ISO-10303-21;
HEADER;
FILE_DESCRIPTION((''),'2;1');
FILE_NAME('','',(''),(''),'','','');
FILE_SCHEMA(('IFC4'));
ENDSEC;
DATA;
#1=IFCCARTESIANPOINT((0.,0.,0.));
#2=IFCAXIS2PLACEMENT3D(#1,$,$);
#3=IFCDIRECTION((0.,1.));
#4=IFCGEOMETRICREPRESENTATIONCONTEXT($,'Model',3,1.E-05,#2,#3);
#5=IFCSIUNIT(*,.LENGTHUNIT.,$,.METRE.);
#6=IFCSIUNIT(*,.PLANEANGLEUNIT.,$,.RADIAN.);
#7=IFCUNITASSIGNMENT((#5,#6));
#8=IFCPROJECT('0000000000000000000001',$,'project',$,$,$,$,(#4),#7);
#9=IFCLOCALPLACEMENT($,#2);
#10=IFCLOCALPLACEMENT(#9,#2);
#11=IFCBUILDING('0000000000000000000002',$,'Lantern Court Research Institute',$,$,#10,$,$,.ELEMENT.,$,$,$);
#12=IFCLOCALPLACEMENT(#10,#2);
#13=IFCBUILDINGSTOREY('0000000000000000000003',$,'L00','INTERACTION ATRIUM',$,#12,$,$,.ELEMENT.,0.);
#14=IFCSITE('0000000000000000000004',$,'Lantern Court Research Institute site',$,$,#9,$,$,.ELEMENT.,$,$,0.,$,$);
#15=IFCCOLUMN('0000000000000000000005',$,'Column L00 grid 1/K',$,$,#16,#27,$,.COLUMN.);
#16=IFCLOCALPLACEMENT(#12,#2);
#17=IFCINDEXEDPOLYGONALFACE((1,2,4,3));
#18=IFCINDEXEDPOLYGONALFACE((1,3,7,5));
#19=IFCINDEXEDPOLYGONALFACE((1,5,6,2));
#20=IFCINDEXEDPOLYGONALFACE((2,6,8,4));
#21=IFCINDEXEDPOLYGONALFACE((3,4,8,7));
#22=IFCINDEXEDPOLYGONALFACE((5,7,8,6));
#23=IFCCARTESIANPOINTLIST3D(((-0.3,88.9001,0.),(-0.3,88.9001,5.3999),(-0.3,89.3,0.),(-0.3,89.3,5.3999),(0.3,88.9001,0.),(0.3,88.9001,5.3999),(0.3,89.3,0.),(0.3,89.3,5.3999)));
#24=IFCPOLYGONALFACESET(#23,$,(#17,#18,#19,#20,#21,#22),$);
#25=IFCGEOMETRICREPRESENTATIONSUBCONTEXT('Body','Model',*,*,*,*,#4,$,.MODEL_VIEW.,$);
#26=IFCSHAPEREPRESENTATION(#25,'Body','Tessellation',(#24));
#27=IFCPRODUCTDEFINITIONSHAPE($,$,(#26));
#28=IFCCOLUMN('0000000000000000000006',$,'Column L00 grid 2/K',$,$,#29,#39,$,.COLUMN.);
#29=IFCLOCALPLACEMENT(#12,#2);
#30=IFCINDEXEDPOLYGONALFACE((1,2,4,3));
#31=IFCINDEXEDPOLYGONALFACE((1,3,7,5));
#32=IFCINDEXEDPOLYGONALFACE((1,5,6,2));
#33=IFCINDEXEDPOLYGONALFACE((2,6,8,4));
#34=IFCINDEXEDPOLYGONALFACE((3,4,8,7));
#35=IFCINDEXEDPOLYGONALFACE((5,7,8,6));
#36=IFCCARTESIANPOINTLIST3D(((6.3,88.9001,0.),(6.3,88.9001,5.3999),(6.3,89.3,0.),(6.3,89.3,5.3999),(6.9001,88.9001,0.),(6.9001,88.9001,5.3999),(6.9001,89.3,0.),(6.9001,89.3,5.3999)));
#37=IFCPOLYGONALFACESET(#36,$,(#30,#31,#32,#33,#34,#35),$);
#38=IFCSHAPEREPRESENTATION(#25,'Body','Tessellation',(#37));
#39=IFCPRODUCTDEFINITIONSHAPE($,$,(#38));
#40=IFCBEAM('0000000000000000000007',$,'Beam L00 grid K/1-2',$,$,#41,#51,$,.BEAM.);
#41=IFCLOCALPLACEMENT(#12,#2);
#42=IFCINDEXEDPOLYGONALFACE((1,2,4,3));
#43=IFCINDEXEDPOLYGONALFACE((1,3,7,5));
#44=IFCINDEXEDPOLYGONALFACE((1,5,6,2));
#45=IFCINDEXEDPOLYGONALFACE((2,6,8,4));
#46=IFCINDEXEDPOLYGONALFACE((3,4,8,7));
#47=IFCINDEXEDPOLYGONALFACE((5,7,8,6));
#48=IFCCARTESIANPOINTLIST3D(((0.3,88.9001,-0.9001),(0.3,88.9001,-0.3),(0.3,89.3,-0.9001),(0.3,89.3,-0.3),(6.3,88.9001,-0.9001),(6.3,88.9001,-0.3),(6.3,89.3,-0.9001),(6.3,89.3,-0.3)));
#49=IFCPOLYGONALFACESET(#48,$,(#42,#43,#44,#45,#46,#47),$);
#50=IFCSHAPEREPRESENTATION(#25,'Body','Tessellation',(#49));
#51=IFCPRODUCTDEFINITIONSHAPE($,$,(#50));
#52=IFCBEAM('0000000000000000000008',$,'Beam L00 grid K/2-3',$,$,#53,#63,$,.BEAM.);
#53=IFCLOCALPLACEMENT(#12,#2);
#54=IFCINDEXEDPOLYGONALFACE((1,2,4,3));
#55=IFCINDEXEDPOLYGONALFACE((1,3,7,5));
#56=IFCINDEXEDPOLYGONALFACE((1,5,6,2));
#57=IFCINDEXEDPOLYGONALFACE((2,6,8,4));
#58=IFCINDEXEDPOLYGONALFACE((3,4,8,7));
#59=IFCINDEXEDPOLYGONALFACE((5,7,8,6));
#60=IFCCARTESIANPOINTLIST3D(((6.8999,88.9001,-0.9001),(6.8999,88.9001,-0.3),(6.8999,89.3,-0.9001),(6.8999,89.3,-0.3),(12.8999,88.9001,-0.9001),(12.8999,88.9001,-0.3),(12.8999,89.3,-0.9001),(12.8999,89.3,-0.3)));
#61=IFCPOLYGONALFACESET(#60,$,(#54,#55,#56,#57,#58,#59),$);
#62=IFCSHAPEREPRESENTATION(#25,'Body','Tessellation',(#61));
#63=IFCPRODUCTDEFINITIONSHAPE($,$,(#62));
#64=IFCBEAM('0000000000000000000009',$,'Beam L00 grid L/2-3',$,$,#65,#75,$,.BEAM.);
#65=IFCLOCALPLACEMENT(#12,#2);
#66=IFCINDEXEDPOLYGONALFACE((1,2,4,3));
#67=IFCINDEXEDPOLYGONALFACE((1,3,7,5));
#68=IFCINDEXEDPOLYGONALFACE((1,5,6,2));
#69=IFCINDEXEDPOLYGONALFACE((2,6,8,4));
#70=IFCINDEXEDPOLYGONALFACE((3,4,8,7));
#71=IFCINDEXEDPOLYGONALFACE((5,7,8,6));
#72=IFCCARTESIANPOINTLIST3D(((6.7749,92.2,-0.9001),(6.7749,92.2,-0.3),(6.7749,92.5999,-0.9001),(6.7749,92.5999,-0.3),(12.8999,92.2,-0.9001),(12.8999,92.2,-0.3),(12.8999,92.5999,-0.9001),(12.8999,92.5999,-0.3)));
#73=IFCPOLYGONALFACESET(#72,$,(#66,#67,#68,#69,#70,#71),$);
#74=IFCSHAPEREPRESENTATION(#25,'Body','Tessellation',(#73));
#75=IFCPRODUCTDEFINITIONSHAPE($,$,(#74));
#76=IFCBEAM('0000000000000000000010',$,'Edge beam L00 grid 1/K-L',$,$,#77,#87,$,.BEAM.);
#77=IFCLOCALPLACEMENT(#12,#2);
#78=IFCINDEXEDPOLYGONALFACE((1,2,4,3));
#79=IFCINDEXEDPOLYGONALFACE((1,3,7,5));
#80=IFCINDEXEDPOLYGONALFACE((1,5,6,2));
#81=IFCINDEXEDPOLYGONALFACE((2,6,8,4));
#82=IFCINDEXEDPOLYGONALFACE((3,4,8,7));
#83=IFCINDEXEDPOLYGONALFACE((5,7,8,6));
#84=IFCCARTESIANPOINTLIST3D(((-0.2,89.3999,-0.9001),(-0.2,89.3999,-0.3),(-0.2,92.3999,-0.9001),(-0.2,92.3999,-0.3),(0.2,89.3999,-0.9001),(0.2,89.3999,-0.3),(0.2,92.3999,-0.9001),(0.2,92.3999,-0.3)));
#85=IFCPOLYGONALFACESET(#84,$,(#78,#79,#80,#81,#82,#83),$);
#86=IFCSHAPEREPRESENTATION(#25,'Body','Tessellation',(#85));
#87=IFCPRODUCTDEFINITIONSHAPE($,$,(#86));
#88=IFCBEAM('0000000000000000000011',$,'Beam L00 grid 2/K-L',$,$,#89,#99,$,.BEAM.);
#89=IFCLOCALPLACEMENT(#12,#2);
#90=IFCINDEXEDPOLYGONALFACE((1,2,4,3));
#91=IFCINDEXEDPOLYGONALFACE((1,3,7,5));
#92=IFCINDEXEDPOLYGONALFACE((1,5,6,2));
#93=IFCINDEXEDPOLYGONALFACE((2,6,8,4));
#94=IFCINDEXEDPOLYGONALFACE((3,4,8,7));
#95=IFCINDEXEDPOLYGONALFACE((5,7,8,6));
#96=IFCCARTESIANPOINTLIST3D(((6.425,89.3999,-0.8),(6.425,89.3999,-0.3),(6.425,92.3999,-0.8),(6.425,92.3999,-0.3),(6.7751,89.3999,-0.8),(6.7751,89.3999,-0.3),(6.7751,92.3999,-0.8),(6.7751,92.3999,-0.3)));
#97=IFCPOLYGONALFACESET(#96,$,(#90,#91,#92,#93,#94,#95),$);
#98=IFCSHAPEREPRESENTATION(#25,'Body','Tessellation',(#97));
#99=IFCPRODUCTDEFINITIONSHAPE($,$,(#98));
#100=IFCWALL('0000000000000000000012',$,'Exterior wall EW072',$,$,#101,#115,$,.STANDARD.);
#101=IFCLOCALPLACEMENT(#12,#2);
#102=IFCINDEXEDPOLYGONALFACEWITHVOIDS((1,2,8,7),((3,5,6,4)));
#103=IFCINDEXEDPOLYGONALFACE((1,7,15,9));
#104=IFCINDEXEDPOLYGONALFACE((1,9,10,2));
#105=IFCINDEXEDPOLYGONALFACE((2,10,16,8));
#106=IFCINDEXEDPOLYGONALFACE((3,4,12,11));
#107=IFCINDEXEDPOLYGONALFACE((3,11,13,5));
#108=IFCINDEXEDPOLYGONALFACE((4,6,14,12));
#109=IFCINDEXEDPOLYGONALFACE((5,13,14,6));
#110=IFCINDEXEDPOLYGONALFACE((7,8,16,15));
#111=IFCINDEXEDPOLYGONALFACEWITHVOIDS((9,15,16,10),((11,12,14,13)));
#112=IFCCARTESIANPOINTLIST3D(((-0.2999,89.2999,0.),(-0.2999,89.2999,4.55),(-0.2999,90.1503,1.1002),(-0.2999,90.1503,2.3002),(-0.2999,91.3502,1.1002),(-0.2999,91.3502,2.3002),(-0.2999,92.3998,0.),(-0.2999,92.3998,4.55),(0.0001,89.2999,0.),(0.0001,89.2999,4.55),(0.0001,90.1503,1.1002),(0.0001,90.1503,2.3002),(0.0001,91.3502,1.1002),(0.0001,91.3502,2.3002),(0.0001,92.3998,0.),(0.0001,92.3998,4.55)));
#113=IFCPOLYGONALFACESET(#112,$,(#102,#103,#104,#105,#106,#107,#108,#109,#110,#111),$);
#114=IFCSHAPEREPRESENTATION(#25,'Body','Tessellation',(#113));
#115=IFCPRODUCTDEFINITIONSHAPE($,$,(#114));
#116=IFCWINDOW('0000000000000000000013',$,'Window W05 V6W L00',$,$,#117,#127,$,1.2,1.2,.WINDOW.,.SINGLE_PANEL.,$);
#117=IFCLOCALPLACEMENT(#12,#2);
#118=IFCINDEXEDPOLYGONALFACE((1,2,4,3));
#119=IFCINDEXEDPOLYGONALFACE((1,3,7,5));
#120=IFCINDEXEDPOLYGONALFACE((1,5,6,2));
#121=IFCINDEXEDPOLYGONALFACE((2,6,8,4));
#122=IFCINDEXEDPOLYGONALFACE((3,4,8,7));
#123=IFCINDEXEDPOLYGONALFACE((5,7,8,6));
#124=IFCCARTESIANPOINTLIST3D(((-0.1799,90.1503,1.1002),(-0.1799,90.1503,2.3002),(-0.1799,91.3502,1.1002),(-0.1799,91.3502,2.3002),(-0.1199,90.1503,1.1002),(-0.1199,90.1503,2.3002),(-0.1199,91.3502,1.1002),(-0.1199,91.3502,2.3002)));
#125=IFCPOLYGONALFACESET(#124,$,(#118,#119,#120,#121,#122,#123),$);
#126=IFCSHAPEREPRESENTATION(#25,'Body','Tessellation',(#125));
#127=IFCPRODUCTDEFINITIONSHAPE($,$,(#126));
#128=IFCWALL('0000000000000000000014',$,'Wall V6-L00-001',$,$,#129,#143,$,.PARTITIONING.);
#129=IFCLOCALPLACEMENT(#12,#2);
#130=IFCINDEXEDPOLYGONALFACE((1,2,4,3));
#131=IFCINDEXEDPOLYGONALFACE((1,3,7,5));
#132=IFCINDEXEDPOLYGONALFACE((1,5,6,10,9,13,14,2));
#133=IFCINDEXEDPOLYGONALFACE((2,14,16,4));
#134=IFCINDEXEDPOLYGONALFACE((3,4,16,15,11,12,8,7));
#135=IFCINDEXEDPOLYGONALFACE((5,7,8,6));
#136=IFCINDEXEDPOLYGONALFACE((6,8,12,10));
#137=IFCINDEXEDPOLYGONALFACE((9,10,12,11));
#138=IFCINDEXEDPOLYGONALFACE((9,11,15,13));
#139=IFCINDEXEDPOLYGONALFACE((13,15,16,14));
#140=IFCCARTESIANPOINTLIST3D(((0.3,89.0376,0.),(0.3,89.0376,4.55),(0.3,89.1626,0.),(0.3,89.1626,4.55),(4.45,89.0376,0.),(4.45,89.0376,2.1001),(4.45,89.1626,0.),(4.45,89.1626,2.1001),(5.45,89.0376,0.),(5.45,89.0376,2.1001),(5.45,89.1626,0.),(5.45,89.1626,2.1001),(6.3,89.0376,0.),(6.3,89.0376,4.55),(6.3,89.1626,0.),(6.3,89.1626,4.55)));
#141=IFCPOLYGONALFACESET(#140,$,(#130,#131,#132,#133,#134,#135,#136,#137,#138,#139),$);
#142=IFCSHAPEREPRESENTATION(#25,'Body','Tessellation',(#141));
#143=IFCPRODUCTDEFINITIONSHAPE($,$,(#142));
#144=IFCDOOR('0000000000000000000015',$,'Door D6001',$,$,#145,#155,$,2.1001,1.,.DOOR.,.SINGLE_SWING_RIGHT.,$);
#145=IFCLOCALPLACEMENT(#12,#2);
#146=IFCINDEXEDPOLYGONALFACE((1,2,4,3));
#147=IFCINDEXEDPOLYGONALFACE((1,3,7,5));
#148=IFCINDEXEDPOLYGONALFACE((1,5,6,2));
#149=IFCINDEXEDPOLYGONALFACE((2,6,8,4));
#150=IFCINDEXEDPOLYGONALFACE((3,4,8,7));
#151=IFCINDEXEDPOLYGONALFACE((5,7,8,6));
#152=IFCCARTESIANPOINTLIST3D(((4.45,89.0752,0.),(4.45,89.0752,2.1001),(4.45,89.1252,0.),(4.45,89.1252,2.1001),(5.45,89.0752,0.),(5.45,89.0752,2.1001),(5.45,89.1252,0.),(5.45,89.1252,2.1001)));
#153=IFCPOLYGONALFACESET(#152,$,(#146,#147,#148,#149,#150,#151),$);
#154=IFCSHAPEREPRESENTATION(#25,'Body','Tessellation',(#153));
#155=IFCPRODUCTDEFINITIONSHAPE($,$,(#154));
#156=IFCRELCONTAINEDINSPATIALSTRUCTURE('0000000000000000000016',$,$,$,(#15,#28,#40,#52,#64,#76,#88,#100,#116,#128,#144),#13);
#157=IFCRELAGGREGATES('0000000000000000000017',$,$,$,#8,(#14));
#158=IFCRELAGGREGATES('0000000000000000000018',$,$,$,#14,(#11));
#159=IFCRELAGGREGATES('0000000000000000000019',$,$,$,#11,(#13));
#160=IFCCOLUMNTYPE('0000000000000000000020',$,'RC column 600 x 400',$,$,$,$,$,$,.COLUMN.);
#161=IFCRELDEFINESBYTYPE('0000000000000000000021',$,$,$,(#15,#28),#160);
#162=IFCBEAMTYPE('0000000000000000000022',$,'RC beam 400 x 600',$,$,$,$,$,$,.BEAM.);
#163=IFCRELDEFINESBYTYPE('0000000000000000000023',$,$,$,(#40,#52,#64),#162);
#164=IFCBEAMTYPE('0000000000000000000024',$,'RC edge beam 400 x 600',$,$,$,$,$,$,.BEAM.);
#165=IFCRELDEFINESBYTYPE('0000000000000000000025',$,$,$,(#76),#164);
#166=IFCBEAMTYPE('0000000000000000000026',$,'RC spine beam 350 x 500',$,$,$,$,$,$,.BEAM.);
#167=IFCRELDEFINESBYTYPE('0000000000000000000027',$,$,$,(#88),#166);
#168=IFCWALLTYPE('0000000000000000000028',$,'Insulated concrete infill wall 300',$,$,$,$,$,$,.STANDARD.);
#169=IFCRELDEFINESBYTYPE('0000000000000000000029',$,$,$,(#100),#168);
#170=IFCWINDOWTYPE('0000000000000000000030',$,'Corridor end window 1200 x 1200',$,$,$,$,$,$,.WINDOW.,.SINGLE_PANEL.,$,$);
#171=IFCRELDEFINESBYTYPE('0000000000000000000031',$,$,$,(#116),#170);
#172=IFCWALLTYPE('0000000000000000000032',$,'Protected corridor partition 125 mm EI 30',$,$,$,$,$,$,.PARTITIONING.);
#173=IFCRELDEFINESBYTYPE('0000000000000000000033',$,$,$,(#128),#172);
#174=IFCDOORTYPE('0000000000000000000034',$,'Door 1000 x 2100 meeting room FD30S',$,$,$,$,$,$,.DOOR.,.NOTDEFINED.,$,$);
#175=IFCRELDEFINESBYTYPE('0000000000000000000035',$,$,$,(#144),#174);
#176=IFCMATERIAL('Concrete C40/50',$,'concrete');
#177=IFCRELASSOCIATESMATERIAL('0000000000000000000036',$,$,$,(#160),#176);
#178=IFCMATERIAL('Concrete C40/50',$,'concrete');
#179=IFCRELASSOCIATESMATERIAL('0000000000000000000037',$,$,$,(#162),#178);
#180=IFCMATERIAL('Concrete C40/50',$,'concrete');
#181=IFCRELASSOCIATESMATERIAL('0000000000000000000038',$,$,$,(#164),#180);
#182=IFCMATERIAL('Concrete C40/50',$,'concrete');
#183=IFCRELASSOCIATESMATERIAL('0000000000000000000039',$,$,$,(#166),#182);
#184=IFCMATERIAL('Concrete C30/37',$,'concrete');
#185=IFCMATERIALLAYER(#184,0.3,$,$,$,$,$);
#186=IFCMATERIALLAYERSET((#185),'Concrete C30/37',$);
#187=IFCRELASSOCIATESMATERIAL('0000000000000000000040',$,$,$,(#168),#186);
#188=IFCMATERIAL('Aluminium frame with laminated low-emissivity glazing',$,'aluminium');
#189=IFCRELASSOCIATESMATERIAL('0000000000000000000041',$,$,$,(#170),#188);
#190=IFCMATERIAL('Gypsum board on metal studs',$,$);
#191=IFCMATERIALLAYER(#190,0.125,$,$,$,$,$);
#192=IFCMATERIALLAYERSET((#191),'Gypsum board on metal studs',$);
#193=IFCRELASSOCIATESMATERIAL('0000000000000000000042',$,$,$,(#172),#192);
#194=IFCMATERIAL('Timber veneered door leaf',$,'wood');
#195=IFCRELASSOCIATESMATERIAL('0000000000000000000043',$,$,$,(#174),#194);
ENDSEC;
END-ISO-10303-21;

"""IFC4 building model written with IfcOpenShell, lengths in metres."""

from ifc_helpers import new_model, si_unit, direction, frame, frame_2d, origin, origin_2d, place, context, subcontext, project, spatial, rectangle, extrude, material, layer, layer_set, material_profile, profile_set, type_object, element, fill, save


model = new_model("IFC4")

# Units and contexts
model_context = context("Model", 3, precision=1e-05, world=origin(), true_north=direction((0.0, 1.0)))
body_context = subcontext(model_context, "Body", "Model", "MODEL_VIEW")
ifc_project = project(units=[si_unit("LENGTHUNIT", "METRE"), si_unit("PLANEANGLEUNIT", "RADIAN")], contexts=[model_context])

# Site, building, storey
site_placement = place(None, origin())
site = spatial("IfcSite", under=ifc_project, at=site_placement, Name="Lantern Court Research Institute site", CompositionType="ELEMENT", RefElevation=0.0)
building_placement = place(site_placement, origin())
building = spatial("IfcBuilding", under=site, at=building_placement, Name="Lantern Court Research Institute", CompositionType="ELEMENT")
storey_placement = place(building_placement, origin())
storey = spatial("IfcBuildingStorey", under=building, at=storey_placement, Name="L00", Description="INTERACTION ATRIUM", CompositionType="ELEMENT", Elevation=0.0)

# Columns
ifc_material_1 = material(Name="Concrete C40/50", Category="concrete")
ifc_material_profile_1 = material_profile(ifc_material_1, rectangle(XDim=0.6001, YDim=0.3999, at=origin_2d()), Name="RC column 600 x 400")
ifc_profile_set_1 = profile_set([ifc_material_profile_1], Name="Concrete C40/50")
column_type = type_object("IfcColumnType", Name="RC column 600 x 400", PredefinedType="COLUMN", material=ifc_profile_set_1)
for number, where, z_axis, x_axis, name in (
    (1, (0.0, 89.1001, 0.0), (0.0, 0.0, 1.0), (1.0, 0.0, 0.0), "Column L00 grid 1/K"),
    (2, (6.6001, 89.1001, 0.0), (0.0, 0.0, 1.0), (1.0, 0.0, 0.0), "Column L00 grid 2/K"),
):
    element("IfcColumn", number, at=place(storey_placement, frame(where, z_axis=z_axis, x_axis=x_axis)), inside=storey, type_object=column_type, Name=name, PredefinedType="COLUMN", context=body_context, shape_type="SweptSolid", body=[
        extrude(rectangle(XDim=0.6001, YDim=0.3999, at=origin_2d()), origin(), (0.0, 0.0, 1.0), 5.3999),
    ])

# Beams
ifc_material_2 = material(Name="Concrete C40/50", Category="concrete")
ifc_material_profile_2 = material_profile(ifc_material_2, rectangle(XDim=0.3999, YDim=0.6001, at=origin_2d()), Name="RC beam 400 x 600")
ifc_profile_set_2 = profile_set([ifc_material_profile_2], Name="Concrete C40/50")
beam_type_1 = type_object("IfcBeamType", Name="RC beam 400 x 600", PredefinedType="BEAM", material=ifc_profile_set_2)
for number, where, z_axis, x_axis, name in (
    (3, (0.3, 89.1001, -0.6001), (1.0, 0.0, 0.0), (0.0, 1.0, 0.0), "Beam L00 grid K/1-2"),
    (4, (6.8999, 89.1001, -0.6001), (1.0, 0.0, 0.0), (0.0, 1.0, 0.0), "Beam L00 grid K/2-3"),
):
    element("IfcBeam", number, at=place(storey_placement, frame(where, z_axis=z_axis, x_axis=x_axis)), inside=storey, type_object=beam_type_1, Name=name, PredefinedType="BEAM", context=body_context, shape_type="SweptSolid", body=[
        extrude(rectangle(XDim=0.3999, YDim=0.6001, at=origin_2d()), origin(), (0.0, 0.0, 1.0), 6.0),
    ])
beam_1_placement = place(storey_placement, frame((6.7749, 92.3999, -0.6001), z_axis=(1.0, 0.0, 0.0), x_axis=(0.0, 1.0, 0.0)))
element("IfcBeam", 5, at=beam_1_placement, inside=storey, type_object=beam_type_1, Name="Beam L00 grid L/2-3", PredefinedType="BEAM", context=body_context, shape_type="SweptSolid", body=[
    extrude(rectangle(XDim=0.3999, YDim=0.6001, at=origin_2d()), origin(), (0.0, 0.0, 1.0), 6.125),
])
ifc_material_3 = material(Name="Concrete C40/50", Category="concrete")
ifc_material_profile_3 = material_profile(ifc_material_3, rectangle(XDim=0.3999, YDim=0.6001, at=origin_2d()), Name="RC beam 400 x 600")
ifc_profile_set_3 = profile_set([ifc_material_profile_3], Name="Concrete C40/50")
beam_type_2 = type_object("IfcBeamType", Name="RC edge beam 400 x 600", PredefinedType="BEAM", material=ifc_profile_set_3)
beam_2_placement = place(storey_placement, frame((0.0, 89.3999, -0.6001), z_axis=(0.0, 1.0, 0.0), x_axis=(-1.0, 0.0, 0.0)))
element("IfcBeam", 6, at=beam_2_placement, inside=storey, type_object=beam_type_2, Name="Edge beam L00 grid 1/K-L", PredefinedType="BEAM", context=body_context, shape_type="SweptSolid", body=[
    extrude(rectangle(XDim=0.3999, YDim=0.6001, at=origin_2d()), origin(), (0.0, 0.0, 1.0), 3.0),
])
ifc_material_4 = material(Name="Concrete C40/50", Category="concrete")
ifc_material_profile_4 = material_profile(ifc_material_4, rectangle(XDim=0.3501, YDim=0.5, at=origin_2d()), Name="RC beam 350 x 500")
ifc_profile_set_4 = profile_set([ifc_material_profile_4], Name="Concrete C40/50")
beam_type_3 = type_object("IfcBeamType", Name="RC spine beam 350 x 500", PredefinedType="BEAM", material=ifc_profile_set_4)
beam_3_placement = place(storey_placement, frame((6.6001, 89.3999, -0.55), z_axis=(0.0, 1.0, 0.0), x_axis=(-1.0, 0.0, 0.0)))
element("IfcBeam", 7, at=beam_3_placement, inside=storey, type_object=beam_type_3, Name="Beam L00 grid 2/K-L", PredefinedType="BEAM", context=body_context, shape_type="SweptSolid", body=[
    extrude(rectangle(XDim=0.3501, YDim=0.5, at=origin_2d()), origin(), (0.0, 0.0, 1.0), 3.0),
])

# Wall, opening, window
ifc_material_5 = material(Name="Concrete C30/37", Category="concrete")
ifc_layer_1 = layer(ifc_material_5, 0.3)
ifc_layer_set_1 = layer_set([ifc_layer_1], Name="Concrete C30/37")
wall_type_1 = type_object("IfcWallType", Name="Insulated concrete infill wall 300", PredefinedType="STANDARD", material=ifc_layer_set_1)
wall_1_placement = place(storey_placement, frame((-0.1499, 89.3, 0.0), z_axis=(0.0, 0.0, 1.0), x_axis=(0.0, 1.0, 0.0)))
wall_1 = element("IfcWall", 8, at=wall_1_placement, inside=storey, type_object=wall_type_1, Name="Exterior wall EW072", PredefinedType="STANDARD", context=body_context, shape_type="SweptSolid", body=[
    extrude(rectangle(XDim=3.0999, YDim=0.3, at=frame_2d((1.5498, 0.0))), origin(), (0.0, 0.0, 1.0), 4.55),
])
opening_1_placement = place(wall_1_placement, frame((0.8501, 0.0, 1.1001)))
opening_1 = element("IfcOpeningElement", 9, at=opening_1_placement, cuts=wall_1, PredefinedType="OPENING", context=body_context, shape_type="SweptSolid", body=[
    extrude(rectangle(XDim=1.2, YDim=1.2, at=frame_2d((0.6001, 0.6001))), frame((0.0, 0.1599, 0.0), z_axis=(0.0, -1.0, 0.0), x_axis=(1.0, 0.0, 0.0)), (0.0, 0.0, 1.0), 0.3201),
])
ifc_material_6 = material(Name="Aluminium frame with laminated low-emissivity glazing", Category="aluminium")
window_type = type_object("IfcWindowType", Name="Corridor end window 1200 x 1200", PartitioningType="SINGLE_PANEL", PredefinedType="WINDOW", material=ifc_material_6)
window_placement = place(opening_1_placement, origin())
window = element("IfcWindow", 10, at=window_placement, inside=storey, type_object=window_type, Name="Window W05 V6W L00", OverallHeight=1.2, OverallWidth=1.2, PartitioningType="SINGLE_PANEL", PredefinedType="WINDOW", context=body_context, shape_type="SweptSolid", body=[
    extrude(rectangle(XDim=1.2, YDim=1.2, at=frame_2d((0.6001, 0.6001))), frame((0.0, 0.03, 0.0), z_axis=(0.0, -1.0, 0.0), x_axis=(1.0, 0.0, 0.0)), (0.0, 0.0, 1.0), 0.0601),
])
fill(opening_1, window)

# Wall, opening, door
ifc_material_7 = material(Name="Gypsum board on metal studs")
ifc_layer_2 = layer(ifc_material_7, 0.125)
ifc_layer_set_2 = layer_set([ifc_layer_2], Name="Gypsum board on metal studs")
wall_type_2 = type_object("IfcWallType", Name="Protected corridor partition 125 mm EI 30", PredefinedType="PARTITIONING", material=ifc_layer_set_2)
wall_2_placement = place(storey_placement, frame((6.3, 89.1001, 0.0), z_axis=(0.0, 0.0, 1.0), x_axis=(-1.0, 0.0, 0.0)))
wall_2 = element("IfcWall", 11, at=wall_2_placement, inside=storey, type_object=wall_type_2, Name="Wall V6-L00-001", PredefinedType="PARTITIONING", context=body_context, shape_type="SweptSolid", body=[
    extrude(rectangle(XDim=6.0, YDim=0.125, at=frame_2d((3.0, 0.0))), origin(), (0.0, 0.0, 1.0), 4.55),
])
opening_2_placement = place(wall_2_placement, frame((0.8501, 0.0, 0.0)))
opening_2 = element("IfcOpeningElement", 12, at=opening_2_placement, cuts=wall_2, PredefinedType="OPENING", context=body_context, shape_type="SweptSolid", body=[
    extrude(rectangle(XDim=1.0, YDim=2.1001, at=frame_2d((0.5, 1.05))), frame((0.0, 0.0725, 0.0), z_axis=(0.0, -1.0, 0.0), x_axis=(1.0, 0.0, 0.0)), (0.0, 0.0, 1.0), 0.145),
])
ifc_material_8 = material(Name="Timber veneered door leaf", Category="wood")
door_type_1 = type_object("IfcDoorType", Name="Door 1000 x 2100 meeting room FD30S", OperationType="NOTDEFINED", PredefinedType="DOOR", material=ifc_material_8)
door_1_placement = place(opening_2_placement, origin())
door_1 = element("IfcDoor", 13, at=door_1_placement, inside=storey, type_object=door_type_1, Name="Door D6001", OperationType="SINGLE_SWING_RIGHT", OverallHeight=2.1001, OverallWidth=1.0, PredefinedType="DOOR", context=body_context, shape_type="SweptSolid", body=[
    extrude(rectangle(XDim=1.0, YDim=2.1001, at=frame_2d((0.5, 1.05))), frame((0.0, 0.0249, 0.0), z_axis=(0.0, -1.0, 0.0), x_axis=(1.0, 0.0, 0.0)), (0.0, 0.0, 1.0), 0.05),
])
fill(opening_2, door_1)

save(model, "model.ifc")
